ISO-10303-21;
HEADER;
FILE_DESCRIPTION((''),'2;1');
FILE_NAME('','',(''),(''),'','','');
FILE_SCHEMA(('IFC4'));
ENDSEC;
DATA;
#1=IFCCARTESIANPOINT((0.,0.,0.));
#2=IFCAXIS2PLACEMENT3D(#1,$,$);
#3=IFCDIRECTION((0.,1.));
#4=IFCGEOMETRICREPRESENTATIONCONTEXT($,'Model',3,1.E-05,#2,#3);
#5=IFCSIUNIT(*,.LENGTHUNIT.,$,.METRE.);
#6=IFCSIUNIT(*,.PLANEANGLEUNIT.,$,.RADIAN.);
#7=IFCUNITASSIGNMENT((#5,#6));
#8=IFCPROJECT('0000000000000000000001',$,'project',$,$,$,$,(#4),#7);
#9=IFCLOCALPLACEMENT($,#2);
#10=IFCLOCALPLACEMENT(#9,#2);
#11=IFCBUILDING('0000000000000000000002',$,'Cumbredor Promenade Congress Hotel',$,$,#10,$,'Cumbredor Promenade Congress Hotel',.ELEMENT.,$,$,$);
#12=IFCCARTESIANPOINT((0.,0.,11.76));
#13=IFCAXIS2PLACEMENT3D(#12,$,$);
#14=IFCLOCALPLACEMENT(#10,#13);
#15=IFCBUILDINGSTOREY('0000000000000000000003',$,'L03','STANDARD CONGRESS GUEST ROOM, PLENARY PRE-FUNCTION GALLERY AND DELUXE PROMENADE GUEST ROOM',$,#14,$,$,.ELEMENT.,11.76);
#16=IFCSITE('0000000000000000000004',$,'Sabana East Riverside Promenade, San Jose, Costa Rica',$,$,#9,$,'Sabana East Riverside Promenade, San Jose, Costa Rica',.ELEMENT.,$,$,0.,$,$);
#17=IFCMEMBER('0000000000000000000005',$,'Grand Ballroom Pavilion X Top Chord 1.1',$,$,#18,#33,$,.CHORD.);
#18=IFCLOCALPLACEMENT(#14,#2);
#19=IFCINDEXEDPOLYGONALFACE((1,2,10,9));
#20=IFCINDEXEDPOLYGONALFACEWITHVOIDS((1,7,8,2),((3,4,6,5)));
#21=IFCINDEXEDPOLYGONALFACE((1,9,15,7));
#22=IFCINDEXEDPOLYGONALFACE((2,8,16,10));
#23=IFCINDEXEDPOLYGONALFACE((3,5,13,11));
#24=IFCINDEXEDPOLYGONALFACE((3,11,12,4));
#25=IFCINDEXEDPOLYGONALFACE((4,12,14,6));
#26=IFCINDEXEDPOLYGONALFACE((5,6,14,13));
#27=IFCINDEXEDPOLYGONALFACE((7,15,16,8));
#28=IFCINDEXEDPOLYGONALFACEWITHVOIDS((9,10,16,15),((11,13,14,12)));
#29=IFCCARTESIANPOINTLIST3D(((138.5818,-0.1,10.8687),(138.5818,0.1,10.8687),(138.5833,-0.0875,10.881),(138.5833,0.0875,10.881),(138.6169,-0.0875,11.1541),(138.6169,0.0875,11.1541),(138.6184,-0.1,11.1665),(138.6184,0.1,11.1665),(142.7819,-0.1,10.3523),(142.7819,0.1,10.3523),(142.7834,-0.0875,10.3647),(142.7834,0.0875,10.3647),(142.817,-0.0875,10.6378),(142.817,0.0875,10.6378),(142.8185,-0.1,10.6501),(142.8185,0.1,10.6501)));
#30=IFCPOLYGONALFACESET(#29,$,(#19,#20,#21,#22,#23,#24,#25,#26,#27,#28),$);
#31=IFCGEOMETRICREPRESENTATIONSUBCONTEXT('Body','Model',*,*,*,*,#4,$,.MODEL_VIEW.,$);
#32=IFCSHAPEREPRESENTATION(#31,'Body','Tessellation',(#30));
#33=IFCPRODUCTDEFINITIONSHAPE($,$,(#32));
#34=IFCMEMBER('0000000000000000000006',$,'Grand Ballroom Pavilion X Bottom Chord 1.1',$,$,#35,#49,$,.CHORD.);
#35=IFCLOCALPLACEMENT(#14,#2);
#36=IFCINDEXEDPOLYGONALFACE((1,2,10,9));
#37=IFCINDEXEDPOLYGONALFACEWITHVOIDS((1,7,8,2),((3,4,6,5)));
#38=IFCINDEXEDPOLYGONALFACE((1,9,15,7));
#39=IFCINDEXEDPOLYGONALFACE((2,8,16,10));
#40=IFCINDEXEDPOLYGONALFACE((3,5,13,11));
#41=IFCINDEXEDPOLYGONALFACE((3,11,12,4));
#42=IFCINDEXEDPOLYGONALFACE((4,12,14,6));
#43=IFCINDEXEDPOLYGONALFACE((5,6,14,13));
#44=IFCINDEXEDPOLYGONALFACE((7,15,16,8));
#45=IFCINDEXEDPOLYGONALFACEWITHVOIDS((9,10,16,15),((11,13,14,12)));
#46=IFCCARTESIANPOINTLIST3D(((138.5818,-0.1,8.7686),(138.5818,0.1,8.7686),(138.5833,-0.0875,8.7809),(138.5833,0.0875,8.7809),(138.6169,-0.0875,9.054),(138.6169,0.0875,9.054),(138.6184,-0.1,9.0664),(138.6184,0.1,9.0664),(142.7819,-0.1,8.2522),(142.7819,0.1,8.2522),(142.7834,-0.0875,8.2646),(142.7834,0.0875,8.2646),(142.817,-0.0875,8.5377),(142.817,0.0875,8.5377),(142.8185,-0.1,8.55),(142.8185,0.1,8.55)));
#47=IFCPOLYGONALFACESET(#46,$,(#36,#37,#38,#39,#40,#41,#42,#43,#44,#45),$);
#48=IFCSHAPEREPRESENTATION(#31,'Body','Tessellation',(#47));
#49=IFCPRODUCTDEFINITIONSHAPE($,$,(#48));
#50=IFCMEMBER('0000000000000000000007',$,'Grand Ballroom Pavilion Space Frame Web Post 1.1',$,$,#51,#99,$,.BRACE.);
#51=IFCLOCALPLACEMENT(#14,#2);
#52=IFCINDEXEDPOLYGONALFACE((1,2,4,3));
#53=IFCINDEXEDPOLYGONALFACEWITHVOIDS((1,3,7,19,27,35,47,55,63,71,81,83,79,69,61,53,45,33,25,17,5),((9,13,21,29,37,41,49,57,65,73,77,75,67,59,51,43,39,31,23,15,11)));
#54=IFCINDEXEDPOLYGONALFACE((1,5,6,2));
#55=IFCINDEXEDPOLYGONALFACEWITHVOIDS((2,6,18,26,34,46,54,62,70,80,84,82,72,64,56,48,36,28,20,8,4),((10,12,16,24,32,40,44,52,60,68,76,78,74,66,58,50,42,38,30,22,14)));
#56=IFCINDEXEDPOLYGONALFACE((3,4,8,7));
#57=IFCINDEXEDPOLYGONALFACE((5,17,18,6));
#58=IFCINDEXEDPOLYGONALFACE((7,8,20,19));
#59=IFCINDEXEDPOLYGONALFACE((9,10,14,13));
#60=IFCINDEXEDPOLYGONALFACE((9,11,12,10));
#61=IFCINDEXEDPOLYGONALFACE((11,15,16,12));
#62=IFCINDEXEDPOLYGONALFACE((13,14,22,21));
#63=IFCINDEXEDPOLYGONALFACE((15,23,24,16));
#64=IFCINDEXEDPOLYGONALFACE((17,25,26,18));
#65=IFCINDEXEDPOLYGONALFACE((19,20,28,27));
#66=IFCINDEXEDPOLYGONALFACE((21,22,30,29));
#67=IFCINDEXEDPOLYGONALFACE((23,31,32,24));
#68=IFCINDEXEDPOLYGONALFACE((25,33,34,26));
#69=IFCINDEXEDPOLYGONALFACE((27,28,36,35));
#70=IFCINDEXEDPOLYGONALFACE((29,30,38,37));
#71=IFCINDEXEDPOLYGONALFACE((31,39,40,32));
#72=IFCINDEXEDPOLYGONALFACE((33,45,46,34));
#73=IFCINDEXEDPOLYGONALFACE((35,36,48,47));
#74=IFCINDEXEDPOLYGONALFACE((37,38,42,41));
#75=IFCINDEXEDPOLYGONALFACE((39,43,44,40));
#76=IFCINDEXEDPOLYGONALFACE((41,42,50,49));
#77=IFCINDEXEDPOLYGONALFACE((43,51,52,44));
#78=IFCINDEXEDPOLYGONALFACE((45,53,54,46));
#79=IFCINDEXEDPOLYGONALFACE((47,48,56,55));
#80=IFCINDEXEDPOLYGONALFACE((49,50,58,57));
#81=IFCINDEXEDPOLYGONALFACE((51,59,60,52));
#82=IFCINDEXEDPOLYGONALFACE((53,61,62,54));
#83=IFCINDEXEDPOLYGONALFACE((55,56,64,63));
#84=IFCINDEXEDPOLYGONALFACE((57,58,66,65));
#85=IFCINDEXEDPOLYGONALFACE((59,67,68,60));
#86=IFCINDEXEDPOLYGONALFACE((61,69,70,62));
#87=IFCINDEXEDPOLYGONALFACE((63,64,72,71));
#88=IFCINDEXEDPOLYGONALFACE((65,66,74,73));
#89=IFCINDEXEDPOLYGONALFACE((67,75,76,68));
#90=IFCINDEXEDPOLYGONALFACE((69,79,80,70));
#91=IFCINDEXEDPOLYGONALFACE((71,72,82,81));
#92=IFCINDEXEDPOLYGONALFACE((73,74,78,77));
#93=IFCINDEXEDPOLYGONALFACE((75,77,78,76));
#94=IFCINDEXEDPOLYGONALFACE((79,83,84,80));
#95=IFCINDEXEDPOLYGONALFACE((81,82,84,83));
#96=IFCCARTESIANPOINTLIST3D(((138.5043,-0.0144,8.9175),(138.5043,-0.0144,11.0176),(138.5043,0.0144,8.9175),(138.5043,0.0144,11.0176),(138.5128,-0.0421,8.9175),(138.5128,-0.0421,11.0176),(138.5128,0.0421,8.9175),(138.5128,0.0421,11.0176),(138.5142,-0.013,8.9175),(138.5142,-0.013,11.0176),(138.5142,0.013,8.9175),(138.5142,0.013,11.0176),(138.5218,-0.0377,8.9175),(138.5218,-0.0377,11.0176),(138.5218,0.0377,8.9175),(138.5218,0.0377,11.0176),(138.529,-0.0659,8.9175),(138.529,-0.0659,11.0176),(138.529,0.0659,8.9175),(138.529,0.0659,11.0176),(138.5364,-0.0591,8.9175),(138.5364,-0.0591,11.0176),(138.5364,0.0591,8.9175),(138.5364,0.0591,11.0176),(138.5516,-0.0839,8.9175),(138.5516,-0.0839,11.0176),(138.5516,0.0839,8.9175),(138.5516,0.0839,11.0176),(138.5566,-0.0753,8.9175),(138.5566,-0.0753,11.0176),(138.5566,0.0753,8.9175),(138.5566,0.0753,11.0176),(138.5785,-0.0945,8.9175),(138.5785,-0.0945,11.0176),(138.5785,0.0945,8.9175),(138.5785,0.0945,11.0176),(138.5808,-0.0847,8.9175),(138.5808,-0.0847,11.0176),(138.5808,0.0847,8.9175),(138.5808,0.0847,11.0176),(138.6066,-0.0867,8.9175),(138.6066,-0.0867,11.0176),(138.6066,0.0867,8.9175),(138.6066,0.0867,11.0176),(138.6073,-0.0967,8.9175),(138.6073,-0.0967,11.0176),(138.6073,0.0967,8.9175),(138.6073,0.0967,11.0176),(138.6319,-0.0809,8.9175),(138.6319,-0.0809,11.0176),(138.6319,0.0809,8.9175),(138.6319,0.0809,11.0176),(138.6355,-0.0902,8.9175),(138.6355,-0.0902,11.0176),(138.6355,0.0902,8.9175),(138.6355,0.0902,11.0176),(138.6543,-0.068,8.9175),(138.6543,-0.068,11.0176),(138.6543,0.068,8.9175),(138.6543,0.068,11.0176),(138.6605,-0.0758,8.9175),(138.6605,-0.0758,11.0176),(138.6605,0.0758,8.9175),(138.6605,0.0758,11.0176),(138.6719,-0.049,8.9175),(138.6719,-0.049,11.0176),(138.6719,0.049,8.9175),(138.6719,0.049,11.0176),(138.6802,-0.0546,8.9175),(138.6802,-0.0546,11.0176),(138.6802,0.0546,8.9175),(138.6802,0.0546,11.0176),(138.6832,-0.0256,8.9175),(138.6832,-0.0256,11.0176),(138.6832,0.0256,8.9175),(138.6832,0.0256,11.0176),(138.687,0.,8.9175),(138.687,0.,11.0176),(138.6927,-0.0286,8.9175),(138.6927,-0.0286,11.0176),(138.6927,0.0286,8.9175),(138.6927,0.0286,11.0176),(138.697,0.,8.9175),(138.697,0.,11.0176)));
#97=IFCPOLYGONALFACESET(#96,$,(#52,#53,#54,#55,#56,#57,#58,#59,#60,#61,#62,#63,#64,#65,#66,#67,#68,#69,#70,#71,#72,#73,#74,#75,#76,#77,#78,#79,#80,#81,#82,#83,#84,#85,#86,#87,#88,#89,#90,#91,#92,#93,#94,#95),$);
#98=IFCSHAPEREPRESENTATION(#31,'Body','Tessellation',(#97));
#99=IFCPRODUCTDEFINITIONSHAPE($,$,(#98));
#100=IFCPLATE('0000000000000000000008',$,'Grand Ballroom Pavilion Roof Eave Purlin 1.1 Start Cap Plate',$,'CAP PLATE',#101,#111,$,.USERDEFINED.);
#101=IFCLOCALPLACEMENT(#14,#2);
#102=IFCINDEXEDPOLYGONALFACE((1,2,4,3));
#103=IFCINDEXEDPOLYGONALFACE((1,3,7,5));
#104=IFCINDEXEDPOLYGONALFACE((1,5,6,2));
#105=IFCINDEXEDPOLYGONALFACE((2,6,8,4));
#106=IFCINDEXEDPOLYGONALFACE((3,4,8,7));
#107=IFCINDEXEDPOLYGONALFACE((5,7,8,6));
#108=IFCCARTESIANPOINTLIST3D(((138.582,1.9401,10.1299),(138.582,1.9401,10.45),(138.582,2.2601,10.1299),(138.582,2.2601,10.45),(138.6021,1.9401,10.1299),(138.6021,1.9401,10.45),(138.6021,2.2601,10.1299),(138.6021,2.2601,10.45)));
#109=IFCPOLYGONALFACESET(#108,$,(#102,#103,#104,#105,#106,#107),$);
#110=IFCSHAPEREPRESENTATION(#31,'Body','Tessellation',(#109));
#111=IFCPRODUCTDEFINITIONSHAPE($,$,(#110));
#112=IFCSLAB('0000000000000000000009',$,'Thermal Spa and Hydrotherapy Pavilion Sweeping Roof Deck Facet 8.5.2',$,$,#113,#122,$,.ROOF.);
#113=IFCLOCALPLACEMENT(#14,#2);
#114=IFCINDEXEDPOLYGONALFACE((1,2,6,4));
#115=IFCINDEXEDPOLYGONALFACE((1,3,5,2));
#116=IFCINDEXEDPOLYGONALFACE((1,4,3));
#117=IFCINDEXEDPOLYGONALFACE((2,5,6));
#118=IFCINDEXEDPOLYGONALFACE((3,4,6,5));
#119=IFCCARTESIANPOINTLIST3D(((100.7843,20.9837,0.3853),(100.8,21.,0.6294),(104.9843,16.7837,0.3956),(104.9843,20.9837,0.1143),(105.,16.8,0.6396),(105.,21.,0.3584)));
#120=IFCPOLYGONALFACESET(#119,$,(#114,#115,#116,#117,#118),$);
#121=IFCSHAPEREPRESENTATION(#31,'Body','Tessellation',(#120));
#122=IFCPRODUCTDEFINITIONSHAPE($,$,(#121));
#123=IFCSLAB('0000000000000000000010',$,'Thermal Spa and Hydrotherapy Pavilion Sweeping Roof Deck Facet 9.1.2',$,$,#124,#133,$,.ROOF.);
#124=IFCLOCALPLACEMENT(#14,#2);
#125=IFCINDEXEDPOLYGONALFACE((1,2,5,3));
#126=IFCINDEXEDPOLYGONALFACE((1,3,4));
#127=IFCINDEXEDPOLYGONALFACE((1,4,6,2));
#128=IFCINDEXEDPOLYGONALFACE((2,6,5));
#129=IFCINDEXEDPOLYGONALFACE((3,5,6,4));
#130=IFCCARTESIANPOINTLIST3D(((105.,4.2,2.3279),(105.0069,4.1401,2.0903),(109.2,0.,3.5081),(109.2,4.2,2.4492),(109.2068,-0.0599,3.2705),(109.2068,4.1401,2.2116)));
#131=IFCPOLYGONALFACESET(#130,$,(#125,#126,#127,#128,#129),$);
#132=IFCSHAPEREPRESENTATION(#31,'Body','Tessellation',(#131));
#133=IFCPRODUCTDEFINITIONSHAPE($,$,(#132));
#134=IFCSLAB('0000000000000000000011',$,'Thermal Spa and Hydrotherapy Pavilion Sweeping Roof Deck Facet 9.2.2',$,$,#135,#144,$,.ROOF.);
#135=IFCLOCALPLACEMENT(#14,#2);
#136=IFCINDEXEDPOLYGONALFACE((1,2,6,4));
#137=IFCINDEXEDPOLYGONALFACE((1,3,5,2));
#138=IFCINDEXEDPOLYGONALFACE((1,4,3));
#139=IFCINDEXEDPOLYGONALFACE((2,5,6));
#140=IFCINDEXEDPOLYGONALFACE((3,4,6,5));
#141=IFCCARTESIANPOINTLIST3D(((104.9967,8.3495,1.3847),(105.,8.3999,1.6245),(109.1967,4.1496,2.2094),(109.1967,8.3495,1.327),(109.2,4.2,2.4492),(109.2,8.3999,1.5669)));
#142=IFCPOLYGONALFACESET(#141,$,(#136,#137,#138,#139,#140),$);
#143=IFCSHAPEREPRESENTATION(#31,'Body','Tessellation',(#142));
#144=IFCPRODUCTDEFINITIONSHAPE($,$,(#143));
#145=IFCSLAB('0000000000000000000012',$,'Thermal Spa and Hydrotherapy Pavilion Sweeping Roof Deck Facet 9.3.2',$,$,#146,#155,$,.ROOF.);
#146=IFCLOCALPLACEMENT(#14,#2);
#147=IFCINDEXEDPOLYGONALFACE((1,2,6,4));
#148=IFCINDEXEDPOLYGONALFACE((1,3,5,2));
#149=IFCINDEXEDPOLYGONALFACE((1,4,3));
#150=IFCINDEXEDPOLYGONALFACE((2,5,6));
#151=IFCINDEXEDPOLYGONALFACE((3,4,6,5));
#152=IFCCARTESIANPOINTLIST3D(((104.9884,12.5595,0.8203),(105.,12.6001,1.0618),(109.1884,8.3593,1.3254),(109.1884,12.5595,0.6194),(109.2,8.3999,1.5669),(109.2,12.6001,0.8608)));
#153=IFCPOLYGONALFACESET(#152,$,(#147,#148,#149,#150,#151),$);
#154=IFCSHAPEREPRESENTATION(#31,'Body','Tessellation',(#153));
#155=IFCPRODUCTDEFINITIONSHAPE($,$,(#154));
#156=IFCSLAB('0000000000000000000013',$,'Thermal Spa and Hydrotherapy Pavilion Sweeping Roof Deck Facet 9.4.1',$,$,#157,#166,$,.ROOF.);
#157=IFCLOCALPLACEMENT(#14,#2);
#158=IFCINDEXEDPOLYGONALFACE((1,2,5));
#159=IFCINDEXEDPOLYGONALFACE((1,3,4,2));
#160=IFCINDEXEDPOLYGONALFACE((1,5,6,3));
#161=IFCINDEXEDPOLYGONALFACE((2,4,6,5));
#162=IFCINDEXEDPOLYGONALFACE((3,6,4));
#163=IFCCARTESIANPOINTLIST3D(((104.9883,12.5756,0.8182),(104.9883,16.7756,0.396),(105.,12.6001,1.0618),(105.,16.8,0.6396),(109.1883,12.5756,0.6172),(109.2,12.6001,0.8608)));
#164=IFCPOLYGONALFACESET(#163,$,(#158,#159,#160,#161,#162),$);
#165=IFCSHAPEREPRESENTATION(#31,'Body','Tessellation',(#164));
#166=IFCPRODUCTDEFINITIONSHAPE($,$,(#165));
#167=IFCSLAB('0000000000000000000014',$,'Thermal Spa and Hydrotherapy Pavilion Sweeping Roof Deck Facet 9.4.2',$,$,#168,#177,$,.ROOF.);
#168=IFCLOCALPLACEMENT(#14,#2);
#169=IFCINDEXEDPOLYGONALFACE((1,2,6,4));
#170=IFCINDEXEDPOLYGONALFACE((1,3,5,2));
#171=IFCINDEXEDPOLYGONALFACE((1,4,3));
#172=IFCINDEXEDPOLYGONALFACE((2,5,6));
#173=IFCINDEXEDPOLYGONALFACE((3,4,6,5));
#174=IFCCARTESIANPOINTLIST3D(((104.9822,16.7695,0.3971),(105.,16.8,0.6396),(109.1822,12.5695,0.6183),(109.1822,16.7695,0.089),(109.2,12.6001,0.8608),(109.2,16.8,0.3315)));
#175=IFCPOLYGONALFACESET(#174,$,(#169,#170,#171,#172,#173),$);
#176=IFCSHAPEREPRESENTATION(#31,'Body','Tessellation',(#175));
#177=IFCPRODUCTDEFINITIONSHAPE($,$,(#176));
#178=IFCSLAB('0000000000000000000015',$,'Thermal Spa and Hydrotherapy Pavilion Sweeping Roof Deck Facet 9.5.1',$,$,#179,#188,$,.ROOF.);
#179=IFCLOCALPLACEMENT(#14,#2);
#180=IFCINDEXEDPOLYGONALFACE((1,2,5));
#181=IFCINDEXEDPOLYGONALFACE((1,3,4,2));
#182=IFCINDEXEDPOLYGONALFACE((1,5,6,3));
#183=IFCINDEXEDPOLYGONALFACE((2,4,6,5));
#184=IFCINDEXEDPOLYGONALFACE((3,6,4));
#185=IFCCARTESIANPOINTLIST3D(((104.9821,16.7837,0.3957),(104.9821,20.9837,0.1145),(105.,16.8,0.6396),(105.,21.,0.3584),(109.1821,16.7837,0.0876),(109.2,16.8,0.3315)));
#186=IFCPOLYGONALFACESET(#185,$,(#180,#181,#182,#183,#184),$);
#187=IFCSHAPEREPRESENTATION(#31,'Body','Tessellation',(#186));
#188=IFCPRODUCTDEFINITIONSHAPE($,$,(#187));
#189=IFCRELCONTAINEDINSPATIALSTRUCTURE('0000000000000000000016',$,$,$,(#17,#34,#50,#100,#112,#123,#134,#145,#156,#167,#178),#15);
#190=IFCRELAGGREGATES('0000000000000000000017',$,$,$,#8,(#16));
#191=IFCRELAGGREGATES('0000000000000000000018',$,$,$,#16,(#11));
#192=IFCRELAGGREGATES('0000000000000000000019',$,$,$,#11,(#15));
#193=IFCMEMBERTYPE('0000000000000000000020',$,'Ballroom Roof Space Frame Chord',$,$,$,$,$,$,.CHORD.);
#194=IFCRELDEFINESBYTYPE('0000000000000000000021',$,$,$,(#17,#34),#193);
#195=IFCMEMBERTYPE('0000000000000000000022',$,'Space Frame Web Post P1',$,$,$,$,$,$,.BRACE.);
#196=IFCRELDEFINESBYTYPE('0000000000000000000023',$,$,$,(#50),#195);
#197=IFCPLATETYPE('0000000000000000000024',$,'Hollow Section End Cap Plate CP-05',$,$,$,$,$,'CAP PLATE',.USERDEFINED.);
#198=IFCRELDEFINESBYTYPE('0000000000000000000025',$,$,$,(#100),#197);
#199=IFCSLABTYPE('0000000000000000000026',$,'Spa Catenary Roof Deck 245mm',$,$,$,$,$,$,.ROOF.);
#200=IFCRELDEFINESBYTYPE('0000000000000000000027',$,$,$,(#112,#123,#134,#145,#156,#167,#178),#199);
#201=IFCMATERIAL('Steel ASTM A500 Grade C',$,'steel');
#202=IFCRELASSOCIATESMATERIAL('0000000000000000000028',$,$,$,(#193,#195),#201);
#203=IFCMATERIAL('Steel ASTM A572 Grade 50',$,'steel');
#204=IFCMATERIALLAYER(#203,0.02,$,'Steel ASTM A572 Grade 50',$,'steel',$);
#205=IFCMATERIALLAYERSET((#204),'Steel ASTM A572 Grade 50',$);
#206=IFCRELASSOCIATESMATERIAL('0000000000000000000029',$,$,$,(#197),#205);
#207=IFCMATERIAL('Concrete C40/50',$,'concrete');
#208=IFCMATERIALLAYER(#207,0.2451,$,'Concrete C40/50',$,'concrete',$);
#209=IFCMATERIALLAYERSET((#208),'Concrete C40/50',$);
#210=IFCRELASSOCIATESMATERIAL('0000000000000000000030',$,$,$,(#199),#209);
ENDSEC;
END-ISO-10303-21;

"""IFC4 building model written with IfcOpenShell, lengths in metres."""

from ifc_helpers import new_model, si_unit, direction, frame, origin, origin_2d, place, context, subcontext, project, spatial, polyline, rectangle, hollow_rectangle, hollow_circle, outline, extrude, material, layer, layer_set, material_profile, profile_set, type_object, element, save


model = new_model("IFC4")

# Units and contexts
model_context = context("Model", 3, precision=1e-05, world=origin(), true_north=direction((0.0, 1.0)))
body_context = subcontext(model_context, "Body", "Model", "MODEL_VIEW")
ifc_project = project(units=[si_unit("LENGTHUNIT", "METRE"), si_unit("PLANEANGLEUNIT", "RADIAN")], contexts=[model_context])

# Site, building, storey
site_placement = place(None, origin())
site = spatial("IfcSite", under=ifc_project, at=site_placement, Name="Sabana East Riverside Promenade, San Jose, Costa Rica", LongName="Sabana East Riverside Promenade, San Jose, Costa Rica", CompositionType="ELEMENT", RefElevation=0.0)
building_placement = place(site_placement, origin())
building = spatial("IfcBuilding", under=site, at=building_placement, Name="Cumbredor Promenade Congress Hotel", LongName="Cumbredor Promenade Congress Hotel", CompositionType="ELEMENT")
storey_placement = place(building_placement, frame((0.0, 0.0, 11.76)))
storey = spatial("IfcBuildingStorey", under=building, at=storey_placement, Name="L03", Description="STANDARD CONGRESS GUEST ROOM, PLENARY PRE-FUNCTION GALLERY AND DELUXE PROMENADE GUEST ROOM", CompositionType="ELEMENT", Elevation=11.76)

# Members
ifc_material_1 = material(Name="Steel ASTM A500 Grade C", Category="steel")
ifc_material_profile_1 = material_profile(ifc_material_1, hollow_rectangle(XDim=0.2, YDim=0.3, WallThickness=0.0125, at=origin_2d()), Name="HSS 300x200x12.5")
ifc_profile_set_1 = profile_set([ifc_material_profile_1], Name="Steel ASTM A500 Grade C")
member_type_1 = type_object("IfcMemberType", Name="Ballroom Roof Space Frame Chord", PredefinedType="CHORD", material=ifc_profile_set_1)
for number, where, z_axis, x_axis, name in (
    (1, (138.6001, 0.0, 11.0176), (0.992527, 0.0, -0.122025), (0.0, 1.0, 0.0), "Grand Ballroom Pavilion X Top Chord 1.1"),
    (2, (138.6001, 0.0, 8.9175), (0.992527, 0.0, -0.122025), (0.0, 1.0, 0.0), "Grand Ballroom Pavilion X Bottom Chord 1.1"),
):
    element("IfcMember", number, at=place(storey_placement, frame(where, z_axis=z_axis, x_axis=x_axis)), inside=storey, type_object=member_type_1, Name=name, PredefinedType="CHORD", context=body_context, shape_type="SweptSolid", body=[
        extrude(hollow_rectangle(XDim=0.2, YDim=0.3, WallThickness=0.0125, at=origin_2d()), origin(), (0.0, 0.0, 1.0), 4.2317),
    ])
ifc_material_profile_2 = material_profile(ifc_material_1, hollow_circle(Radius=0.0969, WallThickness=0.01, at=origin_2d()), Name="CHS 193.7x10")
ifc_profile_set_2 = profile_set([ifc_material_profile_2], Name="Steel ASTM A500 Grade C")
member_type_2 = type_object("IfcMemberType", Name="Space Frame Web Post P1", PredefinedType="BRACE", material=ifc_profile_set_2)
member_placement = place(storey_placement, frame((138.6001, 0.0, 8.9175), z_axis=(0.0, 0.0, 1.0), x_axis=(1.0, 0.0, 0.0)))
element("IfcMember", 3, at=member_placement, inside=storey, type_object=member_type_2, Name="Grand Ballroom Pavilion Space Frame Web Post 1.1", PredefinedType="BRACE", context=body_context, shape_type="SweptSolid", body=[
    extrude(hollow_circle(Radius=0.0969, WallThickness=0.01, at=origin_2d()), origin(), (0.0, 0.0, 1.0), 2.1001),
])

# Plate
ifc_material_2 = material(Name="Steel ASTM A572 Grade 50", Category="steel")
ifc_layer_1 = layer(ifc_material_2, 0.02, Name="Steel ASTM A572 Grade 50", Category="steel")
ifc_layer_set_1 = layer_set([ifc_layer_1], Name="Steel ASTM A572 Grade 50")
plate_type_1 = type_object("IfcPlateType", Name="Hollow Section End Cap Plate CP-05", ElementType="CAP PLATE", PredefinedType="USERDEFINED", material=ifc_layer_set_1)
plate_placement = place(storey_placement, frame((138.592, 2.1001, 10.1299), z_axis=(0.0, 0.0, 1.0), x_axis=(1.0, 0.0, 0.0)))
element("IfcPlate", 4, at=plate_placement, inside=storey, type_object=plate_type_1, Name="Grand Ballroom Pavilion Roof Eave Purlin 1.1 Start Cap Plate", ObjectType="CAP PLATE", PredefinedType="USERDEFINED", context=body_context, shape_type="SweptSolid", body=[
    extrude(rectangle(XDim=0.02, YDim=0.3201, at=origin_2d()), origin(), (0.0, 0.0, 1.0), 0.3201),
])

# Slabs
ifc_material_3 = material(Name="Concrete C40/50", Category="concrete")
ifc_layer_2 = layer(ifc_material_3, 0.2451, Name="Concrete C40/50", Category="concrete")
ifc_layer_set_2 = layer_set([ifc_layer_2], Name="Concrete C40/50")
slab_type = type_object("IfcSlabType", Name="Spa Catenary Roof Deck 245mm", PredefinedType="ROOF", material=ifc_layer_set_2)
slab_1_placement = place(storey_placement, frame((105.0, 16.8, 0.6396), z_axis=(0.064246, 0.066677, 0.995704), x_axis=(0.0, 0.997765, -0.066815)))
element("IfcSlab", 5, at=slab_1_placement, inside=storey, type_object=slab_type, Name="Thermal Spa and Hydrotherapy Pavilion Sweeping Roof Deck Facet 8.5.2", PredefinedType="ROOF", context=body_context, shape_type="SweptSolid", body=[
    extrude(outline(polyline([(0.0, 0.0), (4.2094, 0.0), (4.1913, 4.2086), (0.0, 0.0)])), origin(), (0.0, 0.0, -1.0), 0.2451),
])
slab_2_placement = place(storey_placement, frame((109.2, 0.0, 3.5081), z_axis=(-0.028003, 0.244362, 0.96928), x_axis=(0.0, 0.96966, -0.244458)))
element("IfcSlab", 6, at=slab_2_placement, inside=storey, type_object=slab_type, Name="Thermal Spa and Hydrotherapy Pavilion Sweeping Roof Deck Facet 9.1.2", PredefinedType="ROOF", context=body_context, shape_type="SweptSolid", body=[
    extrude(outline(polyline([(0.0, 0.0), (4.3314, 0.0), (4.361, 4.2016), (0.0, 0.0)])), origin(), (0.0, 0.0, -1.0), 0.2451),
])
slab_3_placement = place(storey_placement, frame((109.2, 4.2, 2.4492), z_axis=(0.013424, 0.205573, 0.97855), x_axis=(0.0, 0.978638, -0.205592)))
element("IfcSlab", 7, at=slab_3_placement, inside=storey, type_object=slab_type, Name="Thermal Spa and Hydrotherapy Pavilion Sweeping Roof Deck Facet 9.2.2", PredefinedType="ROOF", context=body_context, shape_type="SweptSolid", body=[
    extrude(outline(polyline([(0.0, 0.0), (4.2916, 0.0), (4.2798, 4.2003), (0.0, 0.0)])), origin(), (0.0, 0.0, -1.0), 0.2451),
])
slab_4_placement = place(storey_placement, frame((109.2, 8.3999, 1.5669), z_axis=(0.047126, 0.16559, 0.985068), x_axis=(0.0, 0.986164, -0.165775)))
element("IfcSlab", 8, at=slab_4_placement, inside=storey, type_object=slab_type, Name="Thermal Spa and Hydrotherapy Pavilion Sweeping Roof Deck Facet 9.3.2", PredefinedType="ROOF", context=body_context, shape_type="SweptSolid", body=[
    extrude(outline(polyline([(0.0, 0.0), (4.2591, 0.0), (4.2258, 4.2046), (0.0, 0.0)])), origin(), (0.0, 0.0, -1.0), 0.2451),
])
slab_5_placement = place(storey_placement, frame((105.0, 12.6001, 1.0618), z_axis=(0.047547, 0.099889, 0.993862), x_axis=(0.998858, 0.0, -0.047786)))
element("IfcSlab", 9, at=slab_5_placement, inside=storey, type_object=slab_type, Name="Thermal Spa and Hydrotherapy Pavilion Sweeping Roof Deck Facet 9.4.1", PredefinedType="ROOF", context=body_context, shape_type="SweptSolid", body=[
    extrude(outline(polyline([(0.0, 0.0), (4.2048, 0.0), (0.0202, 4.2211), (0.0, 0.0)])), origin(), (0.0, 0.0, -1.0), 0.2451),
])
slab_6_placement = place(storey_placement, frame((109.2, 12.6001, 0.8608), z_axis=(0.072592, 0.124706, 0.989535), x_axis=(0.0, 0.992152, -0.125036)))
element("IfcSlab", 10, at=slab_6_placement, inside=storey, type_object=slab_type, Name="Thermal Spa and Hydrotherapy Pavilion Sweeping Roof Deck Facet 9.4.2", PredefinedType="ROOF", context=body_context, shape_type="SweptSolid", body=[
    extrude(outline(polyline([(0.0, 0.0), (4.2332, 0.0), (4.1946, 4.2111), (0.0, 0.0)])), origin(), (0.0, 0.0, -1.0), 0.2451),
])
slab_7_placement = place(storey_placement, frame((105.0, 16.8, 0.6396), z_axis=(0.073, 0.066637, 0.995103), x_axis=(0.99732, 0.0, -0.073163)))
element("IfcSlab", 11, at=slab_7_placement, inside=storey, type_object=slab_type, Name="Thermal Spa and Hydrotherapy Pavilion Sweeping Roof Deck Facet 9.5.1", PredefinedType="ROOF", context=body_context, shape_type="SweptSolid", body=[
    extrude(outline(polyline([(0.0, 0.0), (4.2112, 0.0), (0.0206, 4.2093), (0.0, 0.0)])), origin(), (0.0, 0.0, -1.0), 0.2451),
])

save(model, "model.ifc")
